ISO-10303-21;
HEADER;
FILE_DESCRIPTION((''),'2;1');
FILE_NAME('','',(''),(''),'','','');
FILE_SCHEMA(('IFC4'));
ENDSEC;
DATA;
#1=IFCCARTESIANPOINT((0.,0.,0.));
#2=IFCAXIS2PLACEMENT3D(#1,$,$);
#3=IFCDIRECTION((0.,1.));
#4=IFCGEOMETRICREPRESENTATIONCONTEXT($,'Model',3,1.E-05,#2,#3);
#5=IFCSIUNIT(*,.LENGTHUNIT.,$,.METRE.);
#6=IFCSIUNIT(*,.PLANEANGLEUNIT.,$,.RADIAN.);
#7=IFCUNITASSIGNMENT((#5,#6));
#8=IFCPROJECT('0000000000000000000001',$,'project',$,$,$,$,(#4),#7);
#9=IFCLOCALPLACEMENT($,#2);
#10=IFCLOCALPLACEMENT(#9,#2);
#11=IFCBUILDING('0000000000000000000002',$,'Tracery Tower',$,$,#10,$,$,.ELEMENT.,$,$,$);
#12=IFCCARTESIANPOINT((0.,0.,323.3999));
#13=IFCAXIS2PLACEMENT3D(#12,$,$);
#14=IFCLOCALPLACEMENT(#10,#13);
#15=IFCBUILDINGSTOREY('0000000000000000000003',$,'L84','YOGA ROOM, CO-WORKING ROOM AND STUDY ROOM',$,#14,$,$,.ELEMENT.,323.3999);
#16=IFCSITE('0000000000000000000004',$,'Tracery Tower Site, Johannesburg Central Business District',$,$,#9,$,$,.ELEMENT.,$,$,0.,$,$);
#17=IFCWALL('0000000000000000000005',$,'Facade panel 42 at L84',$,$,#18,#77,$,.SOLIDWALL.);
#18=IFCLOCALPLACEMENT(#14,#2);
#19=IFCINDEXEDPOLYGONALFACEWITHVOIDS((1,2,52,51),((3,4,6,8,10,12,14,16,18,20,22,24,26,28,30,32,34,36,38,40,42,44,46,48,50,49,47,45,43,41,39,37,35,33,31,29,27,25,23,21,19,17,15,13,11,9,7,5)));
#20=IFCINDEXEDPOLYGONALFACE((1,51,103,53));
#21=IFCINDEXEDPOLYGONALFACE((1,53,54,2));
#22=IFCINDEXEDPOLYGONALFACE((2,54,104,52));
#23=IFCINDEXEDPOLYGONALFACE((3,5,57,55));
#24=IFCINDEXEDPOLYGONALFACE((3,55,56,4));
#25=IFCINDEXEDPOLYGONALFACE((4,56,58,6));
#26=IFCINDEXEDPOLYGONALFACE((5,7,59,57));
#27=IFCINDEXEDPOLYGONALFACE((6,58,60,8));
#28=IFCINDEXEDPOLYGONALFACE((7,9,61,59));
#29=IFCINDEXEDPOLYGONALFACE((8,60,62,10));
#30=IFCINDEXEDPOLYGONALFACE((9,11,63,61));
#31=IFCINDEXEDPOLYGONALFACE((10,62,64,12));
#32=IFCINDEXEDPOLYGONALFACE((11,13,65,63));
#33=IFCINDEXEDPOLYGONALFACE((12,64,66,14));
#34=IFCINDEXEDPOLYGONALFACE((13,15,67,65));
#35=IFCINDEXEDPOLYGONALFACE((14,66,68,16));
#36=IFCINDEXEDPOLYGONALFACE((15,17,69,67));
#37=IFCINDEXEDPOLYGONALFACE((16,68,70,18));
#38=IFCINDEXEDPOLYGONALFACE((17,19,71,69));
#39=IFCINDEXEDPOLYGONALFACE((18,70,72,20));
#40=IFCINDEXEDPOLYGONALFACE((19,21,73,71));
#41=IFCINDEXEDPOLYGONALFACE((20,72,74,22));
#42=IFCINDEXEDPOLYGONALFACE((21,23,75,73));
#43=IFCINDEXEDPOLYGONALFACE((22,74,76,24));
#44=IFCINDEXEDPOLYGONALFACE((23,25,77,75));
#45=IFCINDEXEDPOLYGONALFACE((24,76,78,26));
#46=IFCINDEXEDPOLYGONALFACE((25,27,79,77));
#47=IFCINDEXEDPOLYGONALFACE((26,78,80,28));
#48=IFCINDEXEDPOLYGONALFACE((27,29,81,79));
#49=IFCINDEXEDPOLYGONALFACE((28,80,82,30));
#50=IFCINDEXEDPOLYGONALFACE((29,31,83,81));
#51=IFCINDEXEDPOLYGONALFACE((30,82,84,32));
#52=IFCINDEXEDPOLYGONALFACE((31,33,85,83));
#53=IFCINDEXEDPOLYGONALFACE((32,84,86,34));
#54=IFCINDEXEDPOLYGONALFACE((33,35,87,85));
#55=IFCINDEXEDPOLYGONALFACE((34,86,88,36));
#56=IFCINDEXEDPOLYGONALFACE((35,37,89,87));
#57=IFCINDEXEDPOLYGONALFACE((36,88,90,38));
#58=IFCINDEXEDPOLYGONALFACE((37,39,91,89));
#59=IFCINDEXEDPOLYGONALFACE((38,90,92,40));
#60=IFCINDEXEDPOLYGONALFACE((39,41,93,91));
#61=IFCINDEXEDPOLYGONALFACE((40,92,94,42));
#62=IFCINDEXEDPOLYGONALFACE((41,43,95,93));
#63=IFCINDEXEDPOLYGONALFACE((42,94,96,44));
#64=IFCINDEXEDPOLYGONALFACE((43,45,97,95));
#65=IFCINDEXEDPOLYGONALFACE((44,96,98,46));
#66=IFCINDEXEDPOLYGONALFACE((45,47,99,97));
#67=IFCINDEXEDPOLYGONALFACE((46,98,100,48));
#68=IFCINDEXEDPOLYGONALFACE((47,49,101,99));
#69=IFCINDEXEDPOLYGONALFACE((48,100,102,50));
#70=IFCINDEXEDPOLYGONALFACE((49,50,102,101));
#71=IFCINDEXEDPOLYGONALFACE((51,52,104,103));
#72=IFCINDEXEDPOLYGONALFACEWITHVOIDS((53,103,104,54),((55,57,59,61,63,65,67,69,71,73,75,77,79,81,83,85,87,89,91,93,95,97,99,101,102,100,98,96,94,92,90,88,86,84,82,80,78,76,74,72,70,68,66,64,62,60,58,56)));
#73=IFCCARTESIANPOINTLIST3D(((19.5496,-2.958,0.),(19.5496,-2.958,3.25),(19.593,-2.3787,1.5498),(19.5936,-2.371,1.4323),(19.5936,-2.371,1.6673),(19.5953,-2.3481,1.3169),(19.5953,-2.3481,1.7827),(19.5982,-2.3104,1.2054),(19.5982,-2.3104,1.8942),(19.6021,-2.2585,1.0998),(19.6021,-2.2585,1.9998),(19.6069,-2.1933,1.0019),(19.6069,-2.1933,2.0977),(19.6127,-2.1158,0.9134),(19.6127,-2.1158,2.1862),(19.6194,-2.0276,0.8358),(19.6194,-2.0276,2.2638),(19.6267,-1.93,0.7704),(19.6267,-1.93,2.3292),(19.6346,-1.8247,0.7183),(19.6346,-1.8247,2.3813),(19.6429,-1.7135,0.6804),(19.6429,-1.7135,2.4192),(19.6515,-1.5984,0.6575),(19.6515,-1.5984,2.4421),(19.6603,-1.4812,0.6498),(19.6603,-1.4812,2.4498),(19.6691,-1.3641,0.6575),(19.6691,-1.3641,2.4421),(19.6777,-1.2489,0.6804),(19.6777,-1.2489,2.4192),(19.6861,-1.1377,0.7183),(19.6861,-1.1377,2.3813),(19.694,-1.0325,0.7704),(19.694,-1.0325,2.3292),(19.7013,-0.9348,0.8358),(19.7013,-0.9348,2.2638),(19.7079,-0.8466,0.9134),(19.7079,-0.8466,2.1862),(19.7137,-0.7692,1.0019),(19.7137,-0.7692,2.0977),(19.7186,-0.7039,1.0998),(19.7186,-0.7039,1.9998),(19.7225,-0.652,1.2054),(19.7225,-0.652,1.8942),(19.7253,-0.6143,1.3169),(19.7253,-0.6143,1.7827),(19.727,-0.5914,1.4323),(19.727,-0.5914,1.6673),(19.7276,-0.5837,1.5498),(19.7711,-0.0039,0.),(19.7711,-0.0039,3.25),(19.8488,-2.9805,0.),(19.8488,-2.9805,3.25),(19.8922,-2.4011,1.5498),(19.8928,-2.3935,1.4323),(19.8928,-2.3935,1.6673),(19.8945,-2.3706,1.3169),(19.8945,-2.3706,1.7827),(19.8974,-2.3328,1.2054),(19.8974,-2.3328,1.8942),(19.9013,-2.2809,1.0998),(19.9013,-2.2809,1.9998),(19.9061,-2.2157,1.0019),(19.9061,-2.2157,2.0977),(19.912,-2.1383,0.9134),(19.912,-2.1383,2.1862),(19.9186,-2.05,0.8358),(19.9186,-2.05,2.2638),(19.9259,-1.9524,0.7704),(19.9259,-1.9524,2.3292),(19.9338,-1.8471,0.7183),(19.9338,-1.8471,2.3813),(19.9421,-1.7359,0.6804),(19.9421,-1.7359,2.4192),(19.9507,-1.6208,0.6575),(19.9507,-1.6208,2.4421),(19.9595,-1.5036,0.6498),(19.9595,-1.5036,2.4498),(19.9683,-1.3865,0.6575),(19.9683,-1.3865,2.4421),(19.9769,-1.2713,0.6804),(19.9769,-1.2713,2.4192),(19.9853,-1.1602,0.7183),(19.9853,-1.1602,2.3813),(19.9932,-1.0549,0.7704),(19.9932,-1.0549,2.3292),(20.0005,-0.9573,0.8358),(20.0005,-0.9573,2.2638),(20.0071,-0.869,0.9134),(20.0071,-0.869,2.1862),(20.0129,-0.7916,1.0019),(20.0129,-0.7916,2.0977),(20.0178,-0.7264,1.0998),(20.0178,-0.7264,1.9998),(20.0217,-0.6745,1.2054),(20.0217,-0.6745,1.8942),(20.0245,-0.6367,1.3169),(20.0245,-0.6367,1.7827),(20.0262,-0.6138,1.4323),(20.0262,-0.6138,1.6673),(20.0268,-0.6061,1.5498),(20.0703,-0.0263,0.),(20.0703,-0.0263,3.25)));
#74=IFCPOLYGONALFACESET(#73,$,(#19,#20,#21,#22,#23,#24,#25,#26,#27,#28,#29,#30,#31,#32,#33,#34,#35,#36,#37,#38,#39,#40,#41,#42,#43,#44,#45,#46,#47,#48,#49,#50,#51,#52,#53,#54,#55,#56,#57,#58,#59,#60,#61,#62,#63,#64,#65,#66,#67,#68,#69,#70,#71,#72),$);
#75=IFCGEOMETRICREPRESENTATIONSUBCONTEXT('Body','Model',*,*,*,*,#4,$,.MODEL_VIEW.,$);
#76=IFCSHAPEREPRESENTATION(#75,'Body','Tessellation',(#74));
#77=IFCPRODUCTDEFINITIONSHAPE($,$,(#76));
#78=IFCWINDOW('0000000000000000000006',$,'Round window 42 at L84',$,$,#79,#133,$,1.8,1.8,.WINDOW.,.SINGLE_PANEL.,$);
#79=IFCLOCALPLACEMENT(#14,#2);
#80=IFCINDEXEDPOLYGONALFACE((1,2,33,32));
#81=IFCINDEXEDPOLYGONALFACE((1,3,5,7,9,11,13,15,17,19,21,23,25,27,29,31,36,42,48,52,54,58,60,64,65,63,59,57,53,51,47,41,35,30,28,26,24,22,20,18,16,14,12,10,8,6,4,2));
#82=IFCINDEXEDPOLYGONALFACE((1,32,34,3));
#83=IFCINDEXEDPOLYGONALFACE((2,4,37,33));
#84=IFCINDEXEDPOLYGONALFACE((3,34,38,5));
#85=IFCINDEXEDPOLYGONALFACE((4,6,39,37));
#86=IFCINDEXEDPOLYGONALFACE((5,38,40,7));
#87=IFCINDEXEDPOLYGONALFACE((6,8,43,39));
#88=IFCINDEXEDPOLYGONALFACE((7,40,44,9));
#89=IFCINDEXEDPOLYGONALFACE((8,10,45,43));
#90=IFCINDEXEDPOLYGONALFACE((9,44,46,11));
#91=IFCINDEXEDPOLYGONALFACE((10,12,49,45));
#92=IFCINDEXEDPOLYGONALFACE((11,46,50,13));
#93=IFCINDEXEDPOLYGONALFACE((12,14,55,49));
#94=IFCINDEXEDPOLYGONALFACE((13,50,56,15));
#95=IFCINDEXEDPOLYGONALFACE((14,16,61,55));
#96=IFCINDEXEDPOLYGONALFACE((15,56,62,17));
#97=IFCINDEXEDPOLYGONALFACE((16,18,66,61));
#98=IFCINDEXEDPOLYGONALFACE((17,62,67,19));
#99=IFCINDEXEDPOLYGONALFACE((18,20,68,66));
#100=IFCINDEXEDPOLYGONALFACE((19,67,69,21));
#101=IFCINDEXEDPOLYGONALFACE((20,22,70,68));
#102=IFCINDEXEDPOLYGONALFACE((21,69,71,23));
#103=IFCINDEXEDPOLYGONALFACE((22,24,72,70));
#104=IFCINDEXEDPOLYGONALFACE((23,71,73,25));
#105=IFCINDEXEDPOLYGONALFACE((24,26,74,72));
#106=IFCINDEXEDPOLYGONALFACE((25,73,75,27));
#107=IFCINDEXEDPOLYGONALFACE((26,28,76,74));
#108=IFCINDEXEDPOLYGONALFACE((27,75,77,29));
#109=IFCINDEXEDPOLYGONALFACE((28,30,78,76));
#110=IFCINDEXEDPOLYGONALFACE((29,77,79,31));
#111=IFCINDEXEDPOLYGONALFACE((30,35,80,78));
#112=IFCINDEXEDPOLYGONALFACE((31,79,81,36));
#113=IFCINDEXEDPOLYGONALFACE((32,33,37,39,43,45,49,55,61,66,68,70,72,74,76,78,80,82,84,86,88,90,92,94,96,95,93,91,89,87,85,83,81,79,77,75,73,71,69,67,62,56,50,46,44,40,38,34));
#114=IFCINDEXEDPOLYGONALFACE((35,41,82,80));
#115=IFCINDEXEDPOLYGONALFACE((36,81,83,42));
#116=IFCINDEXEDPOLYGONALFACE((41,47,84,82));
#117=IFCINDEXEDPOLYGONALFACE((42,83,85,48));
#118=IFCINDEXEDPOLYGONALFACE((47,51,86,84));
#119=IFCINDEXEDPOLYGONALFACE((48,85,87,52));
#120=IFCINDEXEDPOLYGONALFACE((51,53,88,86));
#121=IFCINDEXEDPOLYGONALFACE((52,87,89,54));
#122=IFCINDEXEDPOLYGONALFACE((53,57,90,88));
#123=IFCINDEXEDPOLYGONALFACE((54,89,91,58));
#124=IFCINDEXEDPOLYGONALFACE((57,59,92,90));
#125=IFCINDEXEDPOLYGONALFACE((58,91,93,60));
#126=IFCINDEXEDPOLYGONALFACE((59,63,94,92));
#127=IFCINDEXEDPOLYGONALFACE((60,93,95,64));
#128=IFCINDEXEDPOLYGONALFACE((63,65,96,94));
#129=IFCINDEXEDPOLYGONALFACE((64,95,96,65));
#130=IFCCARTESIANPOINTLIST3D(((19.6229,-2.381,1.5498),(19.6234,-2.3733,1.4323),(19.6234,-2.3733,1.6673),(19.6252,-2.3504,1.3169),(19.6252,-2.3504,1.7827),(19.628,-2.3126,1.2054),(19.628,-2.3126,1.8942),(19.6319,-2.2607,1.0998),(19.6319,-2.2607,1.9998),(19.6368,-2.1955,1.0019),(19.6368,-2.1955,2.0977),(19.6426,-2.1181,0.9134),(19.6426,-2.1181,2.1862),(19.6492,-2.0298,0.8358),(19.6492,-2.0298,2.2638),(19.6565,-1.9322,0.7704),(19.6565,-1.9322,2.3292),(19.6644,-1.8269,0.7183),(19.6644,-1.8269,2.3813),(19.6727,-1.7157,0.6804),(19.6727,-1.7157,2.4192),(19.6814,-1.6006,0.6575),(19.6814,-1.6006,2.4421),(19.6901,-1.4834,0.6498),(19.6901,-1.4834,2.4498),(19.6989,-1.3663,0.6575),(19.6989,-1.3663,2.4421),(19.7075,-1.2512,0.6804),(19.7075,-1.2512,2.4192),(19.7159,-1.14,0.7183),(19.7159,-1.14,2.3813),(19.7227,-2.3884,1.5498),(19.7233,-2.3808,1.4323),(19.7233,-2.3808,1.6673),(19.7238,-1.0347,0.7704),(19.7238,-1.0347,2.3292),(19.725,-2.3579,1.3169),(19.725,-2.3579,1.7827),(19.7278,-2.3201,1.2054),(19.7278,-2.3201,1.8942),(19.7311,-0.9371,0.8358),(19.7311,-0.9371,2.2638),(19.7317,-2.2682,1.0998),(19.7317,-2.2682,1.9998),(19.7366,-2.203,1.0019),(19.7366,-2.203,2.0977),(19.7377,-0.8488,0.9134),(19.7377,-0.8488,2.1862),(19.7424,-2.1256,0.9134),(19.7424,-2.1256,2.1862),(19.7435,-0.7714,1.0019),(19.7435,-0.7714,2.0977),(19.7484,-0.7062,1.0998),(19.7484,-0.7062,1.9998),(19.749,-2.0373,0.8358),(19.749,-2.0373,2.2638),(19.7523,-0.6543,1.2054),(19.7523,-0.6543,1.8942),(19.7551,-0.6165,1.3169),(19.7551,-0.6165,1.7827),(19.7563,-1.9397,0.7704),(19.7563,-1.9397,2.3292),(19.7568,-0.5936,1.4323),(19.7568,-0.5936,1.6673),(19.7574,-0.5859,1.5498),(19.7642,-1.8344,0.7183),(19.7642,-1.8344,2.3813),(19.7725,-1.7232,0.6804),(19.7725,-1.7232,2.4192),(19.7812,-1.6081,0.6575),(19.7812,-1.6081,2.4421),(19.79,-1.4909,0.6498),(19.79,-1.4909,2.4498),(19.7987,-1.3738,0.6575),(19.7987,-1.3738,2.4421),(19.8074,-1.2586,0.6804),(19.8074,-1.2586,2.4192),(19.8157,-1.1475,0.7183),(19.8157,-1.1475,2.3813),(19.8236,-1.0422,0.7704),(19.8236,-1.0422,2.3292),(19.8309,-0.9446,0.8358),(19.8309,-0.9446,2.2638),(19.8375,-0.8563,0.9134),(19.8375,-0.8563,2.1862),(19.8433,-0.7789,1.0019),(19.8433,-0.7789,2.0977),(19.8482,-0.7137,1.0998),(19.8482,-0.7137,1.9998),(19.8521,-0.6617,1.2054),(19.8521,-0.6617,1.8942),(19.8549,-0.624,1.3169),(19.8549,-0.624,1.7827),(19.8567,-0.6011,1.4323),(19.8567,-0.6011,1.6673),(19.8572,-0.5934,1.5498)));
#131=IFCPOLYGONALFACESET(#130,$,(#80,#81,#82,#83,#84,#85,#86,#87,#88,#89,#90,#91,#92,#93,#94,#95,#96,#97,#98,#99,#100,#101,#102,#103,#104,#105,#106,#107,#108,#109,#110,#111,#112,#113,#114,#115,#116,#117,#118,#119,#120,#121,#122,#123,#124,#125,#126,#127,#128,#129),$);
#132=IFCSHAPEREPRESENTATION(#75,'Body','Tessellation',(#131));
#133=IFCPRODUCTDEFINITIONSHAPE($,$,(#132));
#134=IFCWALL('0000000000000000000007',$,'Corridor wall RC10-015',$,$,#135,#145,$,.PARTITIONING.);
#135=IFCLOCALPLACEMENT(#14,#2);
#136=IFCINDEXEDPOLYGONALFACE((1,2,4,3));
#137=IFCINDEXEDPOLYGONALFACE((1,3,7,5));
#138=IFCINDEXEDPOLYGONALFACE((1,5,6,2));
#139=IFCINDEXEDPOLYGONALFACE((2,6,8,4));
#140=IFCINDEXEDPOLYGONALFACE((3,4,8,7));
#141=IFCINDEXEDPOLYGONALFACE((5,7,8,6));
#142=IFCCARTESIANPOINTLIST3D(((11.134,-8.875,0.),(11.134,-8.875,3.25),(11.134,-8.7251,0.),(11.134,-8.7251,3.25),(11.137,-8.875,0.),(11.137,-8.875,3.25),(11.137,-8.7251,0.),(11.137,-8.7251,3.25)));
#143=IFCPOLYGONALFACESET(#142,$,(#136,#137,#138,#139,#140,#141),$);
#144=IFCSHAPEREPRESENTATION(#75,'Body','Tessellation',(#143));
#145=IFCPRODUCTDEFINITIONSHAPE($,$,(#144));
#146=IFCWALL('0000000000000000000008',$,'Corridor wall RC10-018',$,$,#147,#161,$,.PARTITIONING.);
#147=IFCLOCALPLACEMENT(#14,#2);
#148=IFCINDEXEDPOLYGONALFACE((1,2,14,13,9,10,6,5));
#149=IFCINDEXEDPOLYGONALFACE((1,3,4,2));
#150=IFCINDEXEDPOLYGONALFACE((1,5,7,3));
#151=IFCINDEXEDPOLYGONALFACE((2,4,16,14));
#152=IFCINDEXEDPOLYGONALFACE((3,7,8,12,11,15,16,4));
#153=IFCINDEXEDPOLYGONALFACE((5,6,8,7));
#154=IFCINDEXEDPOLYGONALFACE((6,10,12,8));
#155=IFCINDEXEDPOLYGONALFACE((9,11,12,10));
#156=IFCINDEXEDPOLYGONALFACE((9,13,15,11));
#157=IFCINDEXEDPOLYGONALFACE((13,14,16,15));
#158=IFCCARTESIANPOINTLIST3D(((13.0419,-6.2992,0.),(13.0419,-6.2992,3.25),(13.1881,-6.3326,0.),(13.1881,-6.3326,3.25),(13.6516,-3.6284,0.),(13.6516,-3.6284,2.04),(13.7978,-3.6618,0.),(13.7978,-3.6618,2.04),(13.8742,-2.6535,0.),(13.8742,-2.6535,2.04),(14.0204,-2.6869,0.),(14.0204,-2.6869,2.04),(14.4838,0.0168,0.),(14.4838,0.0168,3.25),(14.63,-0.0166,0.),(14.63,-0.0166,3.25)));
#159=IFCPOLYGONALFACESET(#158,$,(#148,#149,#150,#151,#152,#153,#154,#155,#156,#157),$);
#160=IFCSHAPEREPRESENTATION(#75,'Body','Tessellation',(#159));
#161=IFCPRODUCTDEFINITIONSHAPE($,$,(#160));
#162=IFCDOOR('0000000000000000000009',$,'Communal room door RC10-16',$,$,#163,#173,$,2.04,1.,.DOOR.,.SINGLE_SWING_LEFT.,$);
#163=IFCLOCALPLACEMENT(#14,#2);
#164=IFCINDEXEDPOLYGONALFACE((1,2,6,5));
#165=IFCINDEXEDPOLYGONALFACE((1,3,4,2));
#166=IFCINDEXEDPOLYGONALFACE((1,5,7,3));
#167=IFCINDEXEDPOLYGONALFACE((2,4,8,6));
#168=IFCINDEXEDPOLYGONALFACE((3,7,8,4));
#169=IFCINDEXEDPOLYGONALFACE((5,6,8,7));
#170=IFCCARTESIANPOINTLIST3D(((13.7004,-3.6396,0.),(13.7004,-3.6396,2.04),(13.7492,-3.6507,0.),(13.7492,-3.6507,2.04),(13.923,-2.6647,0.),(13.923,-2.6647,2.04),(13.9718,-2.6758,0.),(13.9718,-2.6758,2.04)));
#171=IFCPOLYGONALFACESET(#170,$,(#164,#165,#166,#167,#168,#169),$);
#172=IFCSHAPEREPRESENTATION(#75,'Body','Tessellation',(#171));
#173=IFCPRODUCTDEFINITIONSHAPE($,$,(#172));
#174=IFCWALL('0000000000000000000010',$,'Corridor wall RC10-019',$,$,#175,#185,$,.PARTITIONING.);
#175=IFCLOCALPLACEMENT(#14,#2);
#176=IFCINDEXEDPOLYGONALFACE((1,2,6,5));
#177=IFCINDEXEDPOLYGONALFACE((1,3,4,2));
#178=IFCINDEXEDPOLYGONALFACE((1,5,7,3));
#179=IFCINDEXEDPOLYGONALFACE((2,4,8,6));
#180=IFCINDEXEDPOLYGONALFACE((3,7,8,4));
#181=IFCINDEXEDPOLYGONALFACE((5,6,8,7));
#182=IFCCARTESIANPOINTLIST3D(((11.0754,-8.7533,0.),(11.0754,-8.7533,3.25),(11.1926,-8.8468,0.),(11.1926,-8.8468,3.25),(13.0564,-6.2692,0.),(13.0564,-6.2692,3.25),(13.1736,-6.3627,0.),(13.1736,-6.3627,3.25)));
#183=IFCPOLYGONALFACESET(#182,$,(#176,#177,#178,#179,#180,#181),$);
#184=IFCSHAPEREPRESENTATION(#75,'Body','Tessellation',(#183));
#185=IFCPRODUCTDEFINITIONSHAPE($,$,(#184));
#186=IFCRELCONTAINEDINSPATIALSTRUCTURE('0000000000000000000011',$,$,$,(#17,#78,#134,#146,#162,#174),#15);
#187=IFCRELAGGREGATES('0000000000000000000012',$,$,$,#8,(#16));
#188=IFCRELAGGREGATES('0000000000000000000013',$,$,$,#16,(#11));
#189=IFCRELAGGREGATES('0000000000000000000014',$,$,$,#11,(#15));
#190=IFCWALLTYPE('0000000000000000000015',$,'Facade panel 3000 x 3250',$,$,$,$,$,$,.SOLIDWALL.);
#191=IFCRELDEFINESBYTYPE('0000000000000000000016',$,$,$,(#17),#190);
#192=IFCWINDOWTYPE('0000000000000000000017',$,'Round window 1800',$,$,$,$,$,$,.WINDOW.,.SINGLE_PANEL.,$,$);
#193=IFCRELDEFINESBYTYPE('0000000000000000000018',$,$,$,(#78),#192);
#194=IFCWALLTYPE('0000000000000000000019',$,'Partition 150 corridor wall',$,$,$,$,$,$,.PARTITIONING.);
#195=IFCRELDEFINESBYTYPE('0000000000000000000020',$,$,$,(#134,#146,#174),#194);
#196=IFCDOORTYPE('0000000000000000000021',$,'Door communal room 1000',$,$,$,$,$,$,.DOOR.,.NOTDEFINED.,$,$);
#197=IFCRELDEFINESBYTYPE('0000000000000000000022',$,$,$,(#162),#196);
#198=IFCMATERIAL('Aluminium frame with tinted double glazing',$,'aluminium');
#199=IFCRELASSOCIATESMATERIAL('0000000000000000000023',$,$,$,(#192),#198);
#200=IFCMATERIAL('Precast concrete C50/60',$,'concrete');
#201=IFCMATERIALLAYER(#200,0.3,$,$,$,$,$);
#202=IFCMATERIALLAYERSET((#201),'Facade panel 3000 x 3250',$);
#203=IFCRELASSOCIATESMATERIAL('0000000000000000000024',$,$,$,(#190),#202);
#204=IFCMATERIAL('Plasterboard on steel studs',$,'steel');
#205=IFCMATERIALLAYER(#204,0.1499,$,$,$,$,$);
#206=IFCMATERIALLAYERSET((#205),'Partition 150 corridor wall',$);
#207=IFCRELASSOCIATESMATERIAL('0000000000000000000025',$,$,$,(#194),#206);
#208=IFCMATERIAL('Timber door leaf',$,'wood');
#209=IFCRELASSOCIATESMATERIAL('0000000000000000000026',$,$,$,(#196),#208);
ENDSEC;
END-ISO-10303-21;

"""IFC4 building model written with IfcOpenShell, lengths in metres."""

from ifc_helpers import new_model, si_unit, direction, frame, frame_2d, origin, origin_2d, place, context, subcontext, project, spatial, rectangle, circle, extrude, material, layer, layer_set, type_object, element, fill, save


model = new_model("IFC4")

# Units and contexts
model_context = context("Model", 3, precision=1e-05, world=origin(), true_north=direction((0.0, 1.0)))
body_context = subcontext(model_context, "Body", "Model", "MODEL_VIEW")
ifc_project = project(units=[si_unit("LENGTHUNIT", "METRE"), si_unit("PLANEANGLEUNIT", "RADIAN")], contexts=[model_context])

# Site, building, storey
site_placement = place(None, origin())
site = spatial("IfcSite", under=ifc_project, at=site_placement, Name="Tracery Tower Site, Johannesburg Central Business District", CompositionType="ELEMENT", RefElevation=0.0)
building_placement = place(site_placement, origin())
building = spatial("IfcBuilding", under=site, at=building_placement, Name="Tracery Tower", CompositionType="ELEMENT")
storey_placement = place(building_placement, frame((0.0, 0.0, 323.3999)))
storey = spatial("IfcBuildingStorey", under=building, at=storey_placement, Name="L84", Description="YOGA ROOM, CO-WORKING ROOM AND STUDY ROOM", CompositionType="ELEMENT", Elevation=323.3999)

# Wall, opening, window
ifc_material_1 = material(Name="Aluminium frame with tinted double glazing", Category="aluminium")
window_type = type_object("IfcWindowType", Name="Round window 1800", PartitioningType="SINGLE_PANEL", PredefinedType="WINDOW", material=ifc_material_1)
ifc_material_2 = material(Name="Precast concrete C50/60", Category="concrete")
ifc_layer_1 = layer(ifc_material_2, 0.3)
ifc_layer_set_1 = layer_set([ifc_layer_1], Name="Facade panel 3000 x 3250")
wall_type_1 = type_object("IfcWallType", Name="Facade panel 3000 x 3250", PredefinedType="SOLIDWALL", material=ifc_layer_set_1)
wall_1_placement = place(storey_placement, frame((19.6992, -2.9692, 0.0), z_axis=(0.0, 0.0, 1.0), x_axis=(0.074749, 0.997202, 0.0)))
wall_1 = element("IfcWall", 1, at=wall_1_placement, inside=storey, type_object=wall_type_1, Name="Facade panel 42 at L84", PredefinedType="SOLIDWALL", context=body_context, shape_type="SweptSolid", body=[
    extrude(rectangle(XDim=2.9624, YDim=0.3, at=frame_2d((1.4812, 0.0))), origin(), (0.0, 0.0, 1.0), 3.25),
])
opening_1_placement = place(wall_1_placement, frame((1.481, 0.0, 1.5498)))
opening_1 = element("IfcOpeningElement", 2, at=opening_1_placement, cuts=wall_1, PredefinedType="OPENING", context=body_context, shape_type="SweptSolid", body=[
    extrude(circle(Radius=0.9, at=origin_2d()), frame((0.0, 0.1599, 0.0), z_axis=(0.0, -1.0, 0.0), x_axis=(1.0, 0.0, 0.0)), (0.0, 0.0, 1.0), 0.3201),
])
window_1_placement = place(opening_1_placement, origin())
window_1 = element("IfcWindow", 3, at=window_1_placement, inside=storey, type_object=window_type, Name="Round window 42 at L84", OverallHeight=1.8, OverallWidth=1.8, PartitioningType="SINGLE_PANEL", PredefinedType="WINDOW", context=body_context, shape_type="SweptSolid", body=[
    extrude(circle(Radius=0.9, at=origin_2d()), frame((0.0, 0.1201, 0.0), z_axis=(0.0, -1.0, 0.0), x_axis=(1.0, 0.0, 0.0)), (0.0, 0.0, 1.0), 0.1001),
])
fill(opening_1, window_1)

# Wall
ifc_material_3 = material(Name="Plasterboard on steel studs", Category="steel")
ifc_layer_2 = layer(ifc_material_3, 0.1499)
ifc_layer_set_2 = layer_set([ifc_layer_2], Name="Partition 150 corridor wall")
wall_type_2 = type_object("IfcWallType", Name="Partition 150 corridor wall", PredefinedType="PARTITIONING", material=ifc_layer_set_2)
wall_2_placement = place(storey_placement, frame((11.137, -8.8, 0.0), z_axis=(0.0, 0.0, 1.0), x_axis=(-1.0, 0.0, 0.0)))
element("IfcWall", 4, at=wall_2_placement, inside=storey, type_object=wall_type_2, Name="Corridor wall RC10-015", PredefinedType="PARTITIONING", context=body_context, shape_type="SweptSolid", body=[
    extrude(rectangle(XDim=0.0029, YDim=0.1499, at=frame_2d((0.0015, 0.0))), origin(), (0.0, 0.0, 1.0), 3.25),
])

# Wall, opening, door
wall_3_placement = place(storey_placement, frame((13.115, -6.3159, 0.0), z_axis=(0.0, 0.0, 1.0), x_axis=(0.222569, 0.974917, 0.0)))
wall_3 = element("IfcWall", 5, at=wall_3_placement, inside=storey, type_object=wall_type_2, Name="Corridor wall RC10-018", PredefinedType="PARTITIONING", context=body_context, shape_type="SweptSolid", body=[
    extrude(rectangle(XDim=6.4785, YDim=0.1499, at=frame_2d((3.2393, 0.0))), origin(), (0.0, 0.0, 1.0), 3.25),
])
opening_2_placement = place(wall_3_placement, frame((2.7395, 0.0, 0.0)))
opening_2 = element("IfcOpeningElement", 6, at=opening_2_placement, cuts=wall_3, PredefinedType="OPENING", context=body_context, shape_type="SweptSolid", body=[
    extrude(rectangle(XDim=1.0, YDim=2.04, at=frame_2d((0.5, 1.02))), frame((0.0, 0.075, 0.0), z_axis=(0.0, -1.0, 0.0), x_axis=(1.0, 0.0, 0.0)), (0.0, 0.0, 1.0), 0.1499),
])
ifc_material_4 = material(Name="Timber door leaf", Category="wood")
door_type_1 = type_object("IfcDoorType", Name="Door communal room 1000", OperationType="NOTDEFINED", PredefinedType="DOOR", material=ifc_material_4)
door_1_placement = place(opening_2_placement, origin())
door_1 = element("IfcDoor", 7, at=door_1_placement, inside=storey, type_object=door_type_1, Name="Communal room door RC10-16", OperationType="SINGLE_SWING_LEFT", OverallHeight=2.04, OverallWidth=1.0, PredefinedType="DOOR", context=body_context, shape_type="SweptSolid", body=[
    extrude(rectangle(XDim=1.0, YDim=2.04, at=frame_2d((0.5, 1.02))), frame((0.0, 0.0249, 0.0), z_axis=(0.0, -1.0, 0.0), x_axis=(1.0, 0.0, 0.0)), (0.0, 0.0, 1.0), 0.05),
])
fill(opening_2, door_1)

# Wall
wall_4_placement = place(storey_placement, frame((11.134, -8.8, 0.0), z_axis=(0.0, 0.0, 1.0), x_axis=(0.623476, 0.781842, 0.0)))
element("IfcWall", 8, at=wall_4_placement, inside=storey, type_object=wall_type_2, Name="Corridor wall RC10-019", PredefinedType="PARTITIONING", context=body_context, shape_type="SweptSolid", body=[
    extrude(rectangle(XDim=3.1772, YDim=0.1499, at=frame_2d((1.5886, 0.0))), origin(), (0.0, 0.0, 1.0), 3.25),
])

save(model, "model.ifc")
